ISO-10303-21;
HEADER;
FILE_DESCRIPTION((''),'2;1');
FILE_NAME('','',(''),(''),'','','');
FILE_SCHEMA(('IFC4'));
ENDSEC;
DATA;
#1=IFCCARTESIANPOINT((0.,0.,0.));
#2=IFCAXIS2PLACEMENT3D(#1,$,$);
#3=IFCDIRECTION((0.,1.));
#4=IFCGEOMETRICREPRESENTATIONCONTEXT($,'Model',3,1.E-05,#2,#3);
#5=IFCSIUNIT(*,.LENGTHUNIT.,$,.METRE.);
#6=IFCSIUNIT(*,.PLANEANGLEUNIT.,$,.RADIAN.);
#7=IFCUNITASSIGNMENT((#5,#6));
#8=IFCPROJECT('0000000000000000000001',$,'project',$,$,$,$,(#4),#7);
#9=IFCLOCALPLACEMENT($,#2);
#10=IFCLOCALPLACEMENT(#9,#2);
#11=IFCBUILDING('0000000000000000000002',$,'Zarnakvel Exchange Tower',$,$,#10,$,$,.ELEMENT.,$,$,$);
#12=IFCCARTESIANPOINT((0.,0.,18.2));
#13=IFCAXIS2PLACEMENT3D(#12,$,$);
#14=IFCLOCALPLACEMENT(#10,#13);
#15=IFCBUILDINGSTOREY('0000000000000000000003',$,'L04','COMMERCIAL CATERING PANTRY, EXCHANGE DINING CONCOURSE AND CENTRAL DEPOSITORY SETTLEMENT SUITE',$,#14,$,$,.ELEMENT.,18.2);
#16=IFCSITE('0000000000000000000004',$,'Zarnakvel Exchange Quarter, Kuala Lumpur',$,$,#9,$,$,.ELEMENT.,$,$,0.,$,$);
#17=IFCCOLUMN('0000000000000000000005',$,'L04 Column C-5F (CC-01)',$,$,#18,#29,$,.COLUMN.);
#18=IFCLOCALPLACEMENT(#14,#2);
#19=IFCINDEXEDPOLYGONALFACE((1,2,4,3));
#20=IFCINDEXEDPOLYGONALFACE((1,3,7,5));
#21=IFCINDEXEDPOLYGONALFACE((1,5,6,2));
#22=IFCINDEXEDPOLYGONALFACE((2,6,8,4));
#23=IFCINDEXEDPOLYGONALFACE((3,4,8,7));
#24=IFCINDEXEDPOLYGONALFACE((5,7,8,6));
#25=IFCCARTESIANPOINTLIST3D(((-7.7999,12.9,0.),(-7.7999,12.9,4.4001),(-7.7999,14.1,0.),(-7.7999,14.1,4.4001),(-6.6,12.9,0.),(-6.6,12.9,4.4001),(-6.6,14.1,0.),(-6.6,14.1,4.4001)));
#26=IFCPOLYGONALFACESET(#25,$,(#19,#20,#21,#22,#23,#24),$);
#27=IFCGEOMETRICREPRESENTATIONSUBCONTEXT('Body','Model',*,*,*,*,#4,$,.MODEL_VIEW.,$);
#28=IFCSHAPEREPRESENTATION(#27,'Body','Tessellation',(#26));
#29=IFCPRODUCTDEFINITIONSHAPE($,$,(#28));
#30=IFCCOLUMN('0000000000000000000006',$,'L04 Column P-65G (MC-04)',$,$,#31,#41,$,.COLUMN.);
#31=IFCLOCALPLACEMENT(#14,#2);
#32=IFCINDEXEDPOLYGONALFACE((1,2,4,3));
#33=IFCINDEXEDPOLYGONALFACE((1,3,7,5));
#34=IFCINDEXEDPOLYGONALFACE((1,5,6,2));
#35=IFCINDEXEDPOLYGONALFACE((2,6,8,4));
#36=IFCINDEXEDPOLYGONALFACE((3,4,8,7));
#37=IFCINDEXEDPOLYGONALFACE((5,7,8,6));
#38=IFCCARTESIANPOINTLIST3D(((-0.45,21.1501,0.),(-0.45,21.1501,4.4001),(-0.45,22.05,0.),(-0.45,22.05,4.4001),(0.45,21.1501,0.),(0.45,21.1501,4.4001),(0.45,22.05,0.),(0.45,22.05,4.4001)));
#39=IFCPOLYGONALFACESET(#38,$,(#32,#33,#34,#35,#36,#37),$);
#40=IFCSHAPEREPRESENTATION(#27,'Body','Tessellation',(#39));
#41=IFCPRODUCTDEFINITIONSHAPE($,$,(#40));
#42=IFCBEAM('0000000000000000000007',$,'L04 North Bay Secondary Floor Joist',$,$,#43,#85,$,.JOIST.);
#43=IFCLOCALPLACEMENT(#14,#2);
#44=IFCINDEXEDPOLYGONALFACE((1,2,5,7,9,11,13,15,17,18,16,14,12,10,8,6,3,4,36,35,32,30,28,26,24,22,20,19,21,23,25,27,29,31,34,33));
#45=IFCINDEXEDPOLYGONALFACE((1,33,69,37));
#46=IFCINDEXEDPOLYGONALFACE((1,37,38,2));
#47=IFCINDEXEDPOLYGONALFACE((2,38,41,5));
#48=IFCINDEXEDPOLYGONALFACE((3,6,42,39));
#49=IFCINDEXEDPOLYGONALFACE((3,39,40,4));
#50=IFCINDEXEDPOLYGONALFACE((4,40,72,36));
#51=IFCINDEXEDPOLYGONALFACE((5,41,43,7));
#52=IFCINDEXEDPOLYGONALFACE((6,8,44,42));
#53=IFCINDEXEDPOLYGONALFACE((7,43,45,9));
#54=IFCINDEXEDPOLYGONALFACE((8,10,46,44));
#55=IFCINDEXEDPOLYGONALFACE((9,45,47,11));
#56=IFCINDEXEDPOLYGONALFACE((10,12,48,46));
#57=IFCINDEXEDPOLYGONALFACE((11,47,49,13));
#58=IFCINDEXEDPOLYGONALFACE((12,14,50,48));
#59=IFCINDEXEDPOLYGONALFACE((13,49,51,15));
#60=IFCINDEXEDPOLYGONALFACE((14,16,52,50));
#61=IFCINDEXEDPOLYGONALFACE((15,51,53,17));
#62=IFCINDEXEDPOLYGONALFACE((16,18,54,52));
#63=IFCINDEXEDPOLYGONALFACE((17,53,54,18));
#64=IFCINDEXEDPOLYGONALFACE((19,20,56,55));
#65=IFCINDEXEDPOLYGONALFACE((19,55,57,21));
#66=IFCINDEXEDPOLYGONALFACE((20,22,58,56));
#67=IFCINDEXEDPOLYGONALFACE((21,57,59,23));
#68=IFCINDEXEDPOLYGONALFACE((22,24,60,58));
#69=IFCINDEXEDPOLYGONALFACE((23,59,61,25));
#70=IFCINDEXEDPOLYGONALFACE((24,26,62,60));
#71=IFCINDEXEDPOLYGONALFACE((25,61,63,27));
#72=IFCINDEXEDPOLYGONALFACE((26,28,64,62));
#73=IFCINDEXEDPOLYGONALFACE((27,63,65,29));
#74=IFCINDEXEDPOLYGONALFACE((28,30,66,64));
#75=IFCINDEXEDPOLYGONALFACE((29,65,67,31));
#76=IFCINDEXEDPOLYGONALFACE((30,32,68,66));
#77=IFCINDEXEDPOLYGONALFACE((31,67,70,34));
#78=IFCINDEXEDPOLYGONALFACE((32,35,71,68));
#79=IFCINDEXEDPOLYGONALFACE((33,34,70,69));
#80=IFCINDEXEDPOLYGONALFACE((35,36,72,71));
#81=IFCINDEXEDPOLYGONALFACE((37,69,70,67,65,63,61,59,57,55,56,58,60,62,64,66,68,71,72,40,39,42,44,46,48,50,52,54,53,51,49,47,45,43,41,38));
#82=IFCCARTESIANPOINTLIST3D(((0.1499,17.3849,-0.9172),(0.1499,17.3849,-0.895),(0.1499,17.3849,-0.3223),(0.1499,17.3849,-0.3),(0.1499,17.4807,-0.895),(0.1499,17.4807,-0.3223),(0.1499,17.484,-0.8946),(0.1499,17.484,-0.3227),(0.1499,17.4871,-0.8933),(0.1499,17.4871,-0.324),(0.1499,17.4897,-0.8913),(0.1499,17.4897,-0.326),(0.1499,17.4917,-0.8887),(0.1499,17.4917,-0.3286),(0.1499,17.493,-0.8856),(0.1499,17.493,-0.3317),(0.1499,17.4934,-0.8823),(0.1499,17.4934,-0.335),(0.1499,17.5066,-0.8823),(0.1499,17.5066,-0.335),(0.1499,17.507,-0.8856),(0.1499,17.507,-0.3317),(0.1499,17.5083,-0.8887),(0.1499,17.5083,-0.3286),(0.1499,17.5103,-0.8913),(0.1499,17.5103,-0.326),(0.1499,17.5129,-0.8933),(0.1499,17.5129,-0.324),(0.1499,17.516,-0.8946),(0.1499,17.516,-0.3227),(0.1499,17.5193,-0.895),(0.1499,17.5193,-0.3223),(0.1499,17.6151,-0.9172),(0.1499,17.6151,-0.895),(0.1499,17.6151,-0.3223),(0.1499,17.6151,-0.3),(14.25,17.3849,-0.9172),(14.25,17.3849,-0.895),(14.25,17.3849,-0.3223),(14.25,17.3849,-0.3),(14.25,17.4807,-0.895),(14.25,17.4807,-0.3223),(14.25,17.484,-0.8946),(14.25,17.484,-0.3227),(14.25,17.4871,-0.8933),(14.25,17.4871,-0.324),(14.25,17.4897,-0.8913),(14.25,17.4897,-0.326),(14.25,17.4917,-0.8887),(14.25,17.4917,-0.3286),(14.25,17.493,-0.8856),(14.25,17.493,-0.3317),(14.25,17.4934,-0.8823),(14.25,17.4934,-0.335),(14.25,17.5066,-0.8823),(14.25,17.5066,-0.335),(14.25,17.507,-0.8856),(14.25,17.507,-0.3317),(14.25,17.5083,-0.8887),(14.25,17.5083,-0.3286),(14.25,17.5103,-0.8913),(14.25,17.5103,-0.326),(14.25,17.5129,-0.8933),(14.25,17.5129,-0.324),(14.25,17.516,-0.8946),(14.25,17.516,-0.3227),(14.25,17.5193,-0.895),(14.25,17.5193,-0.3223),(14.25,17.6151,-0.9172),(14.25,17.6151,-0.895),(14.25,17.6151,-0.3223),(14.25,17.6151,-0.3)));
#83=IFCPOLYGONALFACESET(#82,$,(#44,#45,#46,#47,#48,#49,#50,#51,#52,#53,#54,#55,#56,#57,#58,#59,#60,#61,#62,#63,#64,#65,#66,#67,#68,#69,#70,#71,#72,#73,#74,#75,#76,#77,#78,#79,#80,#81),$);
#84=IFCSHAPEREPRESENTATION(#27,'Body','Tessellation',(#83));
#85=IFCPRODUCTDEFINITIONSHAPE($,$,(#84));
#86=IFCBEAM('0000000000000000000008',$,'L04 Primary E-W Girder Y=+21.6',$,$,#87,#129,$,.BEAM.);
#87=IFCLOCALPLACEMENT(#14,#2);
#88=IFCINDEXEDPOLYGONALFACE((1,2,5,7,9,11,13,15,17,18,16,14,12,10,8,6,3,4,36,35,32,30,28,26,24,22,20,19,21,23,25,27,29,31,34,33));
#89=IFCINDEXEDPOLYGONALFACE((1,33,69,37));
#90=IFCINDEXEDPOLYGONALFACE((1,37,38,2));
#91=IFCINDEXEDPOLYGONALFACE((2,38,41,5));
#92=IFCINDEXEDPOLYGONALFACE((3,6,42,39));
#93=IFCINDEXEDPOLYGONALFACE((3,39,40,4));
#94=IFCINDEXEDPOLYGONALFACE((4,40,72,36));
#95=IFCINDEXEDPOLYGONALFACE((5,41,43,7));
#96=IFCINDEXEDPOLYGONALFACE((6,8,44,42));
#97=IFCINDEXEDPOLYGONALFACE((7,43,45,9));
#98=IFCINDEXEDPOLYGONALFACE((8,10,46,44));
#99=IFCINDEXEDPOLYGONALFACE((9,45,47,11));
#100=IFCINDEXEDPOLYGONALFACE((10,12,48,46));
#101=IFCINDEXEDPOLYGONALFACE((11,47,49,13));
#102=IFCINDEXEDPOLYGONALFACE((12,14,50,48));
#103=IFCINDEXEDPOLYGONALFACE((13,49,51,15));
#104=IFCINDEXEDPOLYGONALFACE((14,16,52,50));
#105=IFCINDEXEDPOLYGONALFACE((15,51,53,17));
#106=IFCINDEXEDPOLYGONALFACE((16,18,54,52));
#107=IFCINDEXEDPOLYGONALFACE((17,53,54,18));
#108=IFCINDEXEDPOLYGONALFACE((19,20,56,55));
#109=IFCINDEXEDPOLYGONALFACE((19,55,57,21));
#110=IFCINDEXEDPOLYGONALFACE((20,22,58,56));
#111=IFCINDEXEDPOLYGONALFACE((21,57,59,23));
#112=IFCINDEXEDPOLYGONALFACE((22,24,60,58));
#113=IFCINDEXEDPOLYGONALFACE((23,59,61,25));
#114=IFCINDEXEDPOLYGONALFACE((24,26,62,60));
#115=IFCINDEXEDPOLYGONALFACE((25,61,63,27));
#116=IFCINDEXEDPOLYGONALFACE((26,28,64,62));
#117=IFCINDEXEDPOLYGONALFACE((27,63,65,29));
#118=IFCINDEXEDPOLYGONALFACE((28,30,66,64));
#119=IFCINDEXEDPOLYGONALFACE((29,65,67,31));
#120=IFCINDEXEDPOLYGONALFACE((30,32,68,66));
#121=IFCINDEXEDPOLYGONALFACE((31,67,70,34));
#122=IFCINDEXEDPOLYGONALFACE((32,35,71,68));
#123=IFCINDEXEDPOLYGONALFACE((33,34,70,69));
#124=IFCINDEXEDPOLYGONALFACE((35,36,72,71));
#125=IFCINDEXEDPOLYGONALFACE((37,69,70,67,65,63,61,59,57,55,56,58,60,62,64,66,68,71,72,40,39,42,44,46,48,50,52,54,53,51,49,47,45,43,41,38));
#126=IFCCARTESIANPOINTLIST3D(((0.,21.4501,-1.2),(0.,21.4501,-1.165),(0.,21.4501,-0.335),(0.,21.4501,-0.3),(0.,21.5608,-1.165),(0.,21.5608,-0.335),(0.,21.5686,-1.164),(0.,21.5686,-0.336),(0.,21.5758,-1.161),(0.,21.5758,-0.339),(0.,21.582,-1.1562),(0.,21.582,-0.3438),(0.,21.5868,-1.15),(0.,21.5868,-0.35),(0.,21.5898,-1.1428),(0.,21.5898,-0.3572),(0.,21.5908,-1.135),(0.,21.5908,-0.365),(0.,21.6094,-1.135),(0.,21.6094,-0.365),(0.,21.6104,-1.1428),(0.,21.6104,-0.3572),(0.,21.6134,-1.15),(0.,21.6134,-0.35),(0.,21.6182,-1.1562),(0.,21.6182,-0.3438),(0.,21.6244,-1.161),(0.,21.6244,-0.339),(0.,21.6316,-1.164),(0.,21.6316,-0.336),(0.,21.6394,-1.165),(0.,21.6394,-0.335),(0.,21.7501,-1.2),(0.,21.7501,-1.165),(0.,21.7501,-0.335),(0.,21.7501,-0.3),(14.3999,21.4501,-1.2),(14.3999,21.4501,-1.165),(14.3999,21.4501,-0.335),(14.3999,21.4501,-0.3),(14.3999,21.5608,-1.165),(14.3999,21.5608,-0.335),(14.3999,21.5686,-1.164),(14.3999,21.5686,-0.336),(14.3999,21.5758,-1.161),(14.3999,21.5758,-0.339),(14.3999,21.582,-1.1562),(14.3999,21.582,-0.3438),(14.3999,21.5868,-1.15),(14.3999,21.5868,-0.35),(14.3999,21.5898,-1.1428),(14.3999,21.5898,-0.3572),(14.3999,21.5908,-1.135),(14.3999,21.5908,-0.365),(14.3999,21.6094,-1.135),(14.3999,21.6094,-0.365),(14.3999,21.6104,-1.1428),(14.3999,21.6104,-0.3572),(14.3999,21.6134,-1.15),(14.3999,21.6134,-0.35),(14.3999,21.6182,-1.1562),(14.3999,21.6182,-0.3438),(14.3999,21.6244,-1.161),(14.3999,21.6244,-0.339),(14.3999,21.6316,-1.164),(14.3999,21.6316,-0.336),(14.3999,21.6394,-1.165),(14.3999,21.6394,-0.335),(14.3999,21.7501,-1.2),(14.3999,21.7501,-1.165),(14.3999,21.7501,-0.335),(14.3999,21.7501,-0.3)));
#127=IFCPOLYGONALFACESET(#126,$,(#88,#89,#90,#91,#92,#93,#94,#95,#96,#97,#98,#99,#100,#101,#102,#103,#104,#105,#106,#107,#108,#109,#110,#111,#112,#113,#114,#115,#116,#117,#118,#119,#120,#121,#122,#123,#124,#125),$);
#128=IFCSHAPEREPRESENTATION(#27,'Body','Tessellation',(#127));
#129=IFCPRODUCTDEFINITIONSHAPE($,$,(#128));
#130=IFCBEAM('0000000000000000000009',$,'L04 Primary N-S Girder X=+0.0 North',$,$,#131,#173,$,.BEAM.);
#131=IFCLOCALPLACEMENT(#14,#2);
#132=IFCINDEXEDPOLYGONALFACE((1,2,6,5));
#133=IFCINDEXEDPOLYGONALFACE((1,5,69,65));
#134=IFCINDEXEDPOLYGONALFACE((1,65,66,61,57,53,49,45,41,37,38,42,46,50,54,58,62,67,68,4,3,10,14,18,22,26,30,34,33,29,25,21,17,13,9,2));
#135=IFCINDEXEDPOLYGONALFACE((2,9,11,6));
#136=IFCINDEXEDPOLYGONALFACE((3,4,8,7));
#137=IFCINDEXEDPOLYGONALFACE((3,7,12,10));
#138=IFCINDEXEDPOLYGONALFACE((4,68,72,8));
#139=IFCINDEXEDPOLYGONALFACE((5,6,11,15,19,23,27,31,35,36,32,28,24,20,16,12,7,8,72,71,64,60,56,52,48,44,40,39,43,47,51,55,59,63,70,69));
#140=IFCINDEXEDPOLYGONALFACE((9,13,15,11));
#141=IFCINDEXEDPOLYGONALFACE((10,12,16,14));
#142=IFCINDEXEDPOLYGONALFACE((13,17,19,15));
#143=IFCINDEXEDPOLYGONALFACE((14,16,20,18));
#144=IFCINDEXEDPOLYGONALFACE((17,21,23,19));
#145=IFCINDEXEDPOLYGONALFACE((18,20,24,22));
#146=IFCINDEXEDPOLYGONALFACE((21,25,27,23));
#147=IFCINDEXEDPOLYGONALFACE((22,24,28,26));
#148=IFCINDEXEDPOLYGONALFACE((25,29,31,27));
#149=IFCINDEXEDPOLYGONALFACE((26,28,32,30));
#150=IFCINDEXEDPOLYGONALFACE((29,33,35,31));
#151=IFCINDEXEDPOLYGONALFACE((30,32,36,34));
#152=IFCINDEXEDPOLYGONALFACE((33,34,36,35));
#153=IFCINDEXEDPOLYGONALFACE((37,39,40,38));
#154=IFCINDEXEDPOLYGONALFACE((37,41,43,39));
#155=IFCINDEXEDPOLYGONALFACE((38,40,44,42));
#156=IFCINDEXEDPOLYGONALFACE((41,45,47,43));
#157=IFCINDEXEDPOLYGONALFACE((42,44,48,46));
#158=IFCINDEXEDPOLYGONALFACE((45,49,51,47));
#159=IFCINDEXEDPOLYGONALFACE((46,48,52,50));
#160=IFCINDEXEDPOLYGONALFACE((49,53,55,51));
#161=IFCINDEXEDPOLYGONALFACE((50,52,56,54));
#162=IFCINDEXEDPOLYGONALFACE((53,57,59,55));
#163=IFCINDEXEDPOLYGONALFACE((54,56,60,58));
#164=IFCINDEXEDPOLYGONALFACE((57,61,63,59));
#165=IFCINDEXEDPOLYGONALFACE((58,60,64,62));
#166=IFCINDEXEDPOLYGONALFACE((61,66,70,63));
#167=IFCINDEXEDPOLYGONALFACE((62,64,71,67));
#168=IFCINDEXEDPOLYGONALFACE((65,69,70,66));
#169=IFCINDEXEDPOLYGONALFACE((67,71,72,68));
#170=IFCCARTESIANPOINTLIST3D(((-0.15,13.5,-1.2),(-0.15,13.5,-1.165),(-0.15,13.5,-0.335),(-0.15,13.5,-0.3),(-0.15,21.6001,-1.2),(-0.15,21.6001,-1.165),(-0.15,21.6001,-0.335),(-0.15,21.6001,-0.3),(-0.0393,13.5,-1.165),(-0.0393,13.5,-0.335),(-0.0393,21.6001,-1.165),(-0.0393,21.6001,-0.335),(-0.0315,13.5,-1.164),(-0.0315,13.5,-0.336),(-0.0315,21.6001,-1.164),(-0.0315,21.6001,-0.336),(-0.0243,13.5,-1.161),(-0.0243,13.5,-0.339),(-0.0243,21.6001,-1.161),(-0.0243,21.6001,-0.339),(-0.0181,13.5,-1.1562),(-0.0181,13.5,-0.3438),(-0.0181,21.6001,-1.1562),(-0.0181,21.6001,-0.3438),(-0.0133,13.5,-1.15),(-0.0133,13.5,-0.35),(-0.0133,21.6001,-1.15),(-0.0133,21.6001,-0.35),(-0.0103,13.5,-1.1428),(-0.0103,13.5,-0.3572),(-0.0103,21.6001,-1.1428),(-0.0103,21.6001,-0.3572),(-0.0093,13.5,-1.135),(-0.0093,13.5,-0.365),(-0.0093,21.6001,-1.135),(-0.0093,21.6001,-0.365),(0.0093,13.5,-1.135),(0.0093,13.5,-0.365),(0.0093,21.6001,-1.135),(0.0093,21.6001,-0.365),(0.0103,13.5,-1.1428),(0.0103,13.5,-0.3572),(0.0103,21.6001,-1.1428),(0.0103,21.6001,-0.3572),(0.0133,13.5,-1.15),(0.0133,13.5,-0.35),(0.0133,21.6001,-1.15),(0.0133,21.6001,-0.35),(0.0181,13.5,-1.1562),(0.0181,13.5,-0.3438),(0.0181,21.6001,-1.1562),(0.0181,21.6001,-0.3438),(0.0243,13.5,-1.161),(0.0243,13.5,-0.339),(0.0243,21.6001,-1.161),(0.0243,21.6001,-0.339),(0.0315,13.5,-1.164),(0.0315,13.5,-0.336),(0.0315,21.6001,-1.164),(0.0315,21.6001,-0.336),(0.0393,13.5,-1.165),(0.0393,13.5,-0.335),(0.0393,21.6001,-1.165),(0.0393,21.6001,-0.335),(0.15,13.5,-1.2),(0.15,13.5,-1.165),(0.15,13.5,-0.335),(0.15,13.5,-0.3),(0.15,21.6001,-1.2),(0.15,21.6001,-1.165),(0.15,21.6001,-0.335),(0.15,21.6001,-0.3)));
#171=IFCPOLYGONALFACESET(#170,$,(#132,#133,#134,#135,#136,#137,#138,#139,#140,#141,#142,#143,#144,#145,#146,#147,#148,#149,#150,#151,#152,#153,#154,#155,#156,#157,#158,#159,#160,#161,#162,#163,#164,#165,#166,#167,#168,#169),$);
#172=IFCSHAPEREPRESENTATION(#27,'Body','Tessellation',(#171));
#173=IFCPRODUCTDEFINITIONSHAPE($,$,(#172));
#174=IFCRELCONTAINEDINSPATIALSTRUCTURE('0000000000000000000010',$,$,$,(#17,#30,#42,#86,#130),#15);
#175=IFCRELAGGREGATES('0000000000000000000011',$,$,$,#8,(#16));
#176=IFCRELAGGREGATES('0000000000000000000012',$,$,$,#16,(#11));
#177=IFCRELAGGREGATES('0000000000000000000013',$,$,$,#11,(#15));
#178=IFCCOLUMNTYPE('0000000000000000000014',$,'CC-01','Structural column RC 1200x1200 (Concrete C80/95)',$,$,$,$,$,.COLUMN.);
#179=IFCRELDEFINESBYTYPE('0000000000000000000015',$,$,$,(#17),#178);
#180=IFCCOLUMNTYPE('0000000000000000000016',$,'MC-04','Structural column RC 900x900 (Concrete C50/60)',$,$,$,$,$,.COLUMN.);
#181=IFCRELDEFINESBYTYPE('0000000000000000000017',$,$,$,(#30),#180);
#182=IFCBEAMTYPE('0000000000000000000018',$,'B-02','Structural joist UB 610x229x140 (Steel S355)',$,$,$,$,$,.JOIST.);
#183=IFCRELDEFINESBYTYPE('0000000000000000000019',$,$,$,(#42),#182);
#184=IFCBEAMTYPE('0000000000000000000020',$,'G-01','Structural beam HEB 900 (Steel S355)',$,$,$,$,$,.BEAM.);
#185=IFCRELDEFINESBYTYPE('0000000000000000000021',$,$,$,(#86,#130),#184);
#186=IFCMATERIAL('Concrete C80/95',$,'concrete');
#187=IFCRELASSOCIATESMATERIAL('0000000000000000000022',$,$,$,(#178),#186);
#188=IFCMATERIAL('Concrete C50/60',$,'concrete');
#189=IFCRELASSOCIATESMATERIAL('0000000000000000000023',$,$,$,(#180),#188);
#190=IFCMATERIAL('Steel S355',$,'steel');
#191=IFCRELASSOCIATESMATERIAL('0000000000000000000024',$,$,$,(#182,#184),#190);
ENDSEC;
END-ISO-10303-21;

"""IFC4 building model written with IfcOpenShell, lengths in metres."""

from ifc_helpers import new_model, si_unit, direction, frame, origin, origin_2d, place, context, subcontext, project, spatial, rectangle, i_section, extrude, material, material_profile, profile_set, type_object, element, save


model = new_model("IFC4")

# Units and contexts
model_context = context("Model", 3, precision=1e-05, world=origin(), true_north=direction((0.0, 1.0)))
body_context = subcontext(model_context, "Body", "Model", "MODEL_VIEW")
ifc_project = project(units=[si_unit("LENGTHUNIT", "METRE"), si_unit("PLANEANGLEUNIT", "RADIAN")], contexts=[model_context])

# Site, building, storey
site_placement = place(None, origin())
site = spatial("IfcSite", under=ifc_project, at=site_placement, Name="Zarnakvel Exchange Quarter, Kuala Lumpur", CompositionType="ELEMENT", RefElevation=0.0)
building_placement = place(site_placement, origin())
building = spatial("IfcBuilding", under=site, at=building_placement, Name="Zarnakvel Exchange Tower", CompositionType="ELEMENT")
storey_placement = place(building_placement, frame((0.0, 0.0, 18.2)))
storey = spatial("IfcBuildingStorey", under=building, at=storey_placement, Name="L04", Description="COMMERCIAL CATERING PANTRY, EXCHANGE DINING CONCOURSE AND CENTRAL DEPOSITORY SETTLEMENT SUITE", CompositionType="ELEMENT", Elevation=18.2)

# Columns
ifc_material_1 = material(Name="Concrete C80/95", Category="concrete")
ifc_material_profile_1 = material_profile(ifc_material_1, rectangle(XDim=1.2, YDim=1.2, at=origin_2d()))
ifc_profile_set_1 = profile_set([ifc_material_profile_1], Name="Concrete C80/95")
column_type_1 = type_object("IfcColumnType", Name="CC-01", Description="Structural column RC 1200x1200 (Concrete C80/95)", PredefinedType="COLUMN", material=ifc_profile_set_1)
column_1_placement = place(storey_placement, frame((-7.2, 13.5, 0.0), z_axis=(0.0, 0.0, 1.0), x_axis=(1.0, 0.0, 0.0)))
element("IfcColumn", 1, at=column_1_placement, inside=storey, type_object=column_type_1, Name="L04 Column C-5F (CC-01)", PredefinedType="COLUMN", context=body_context, shape_type="SweptSolid", body=[
    extrude(rectangle(XDim=1.2, YDim=1.2, at=origin_2d()), origin(), (0.0, 0.0, 1.0), 4.4001),
])
ifc_material_2 = material(Name="Concrete C50/60", Category="concrete")
ifc_material_profile_2 = material_profile(ifc_material_2, rectangle(XDim=0.8999, YDim=0.8999, at=origin_2d()))
ifc_profile_set_2 = profile_set([ifc_material_profile_2], Name="Concrete C50/60")
column_type_2 = type_object("IfcColumnType", Name="MC-04", Description="Structural column RC 900x900 (Concrete C50/60)", PredefinedType="COLUMN", material=ifc_profile_set_2)
column_2_placement = place(storey_placement, frame((0.0, 21.6001, 0.0), z_axis=(0.0, 0.0, 1.0), x_axis=(1.0, 0.0, 0.0)))
element("IfcColumn", 2, at=column_2_placement, inside=storey, type_object=column_type_2, Name="L04 Column P-65G (MC-04)", PredefinedType="COLUMN", context=body_context, shape_type="SweptSolid", body=[
    extrude(rectangle(XDim=0.8999, YDim=0.8999, at=origin_2d()), origin(), (0.0, 0.0, 1.0), 4.4001),
])

# Beams
ifc_material_3 = material(Name="Steel S355", Category="steel")
ifc_material_profile_3 = material_profile(ifc_material_3, i_section(OverallWidth=0.2302, OverallDepth=0.6172, WebThickness=0.0132, FlangeThickness=0.0222, FilletRadius=0.0127, at=origin_2d()))
ifc_profile_set_3 = profile_set([ifc_material_profile_3], Name="Steel S355")
beam_type_1 = type_object("IfcBeamType", Name="B-02", Description="Structural joist UB 610x229x140 (Steel S355)", PredefinedType="JOIST", material=ifc_profile_set_3)
beam_1_placement = place(storey_placement, frame((0.1499, 17.5, -0.6086), z_axis=(1.0, 0.0, 0.0), x_axis=(0.0, 1.0, 0.0)))
element("IfcBeam", 3, at=beam_1_placement, inside=storey, type_object=beam_type_1, Name="L04 North Bay Secondary Floor Joist", PredefinedType="JOIST", context=body_context, shape_type="SweptSolid", body=[
    extrude(i_section(OverallWidth=0.2302, OverallDepth=0.6172, WebThickness=0.0132, FlangeThickness=0.0222, FilletRadius=0.0127, at=origin_2d()), origin(), (0.0, 0.0, 1.0), 14.1001),
])
ifc_material_profile_4 = material_profile(ifc_material_3, i_section(OverallWidth=0.3, OverallDepth=0.8999, WebThickness=0.0186, FlangeThickness=0.0349, FilletRadius=0.03, at=origin_2d()))
ifc_profile_set_4 = profile_set([ifc_material_profile_4], Name="Steel S355")
beam_type_2 = type_object("IfcBeamType", Name="G-01", Description="Structural beam HEB 900 (Steel S355)", PredefinedType="BEAM", material=ifc_profile_set_4)
beam_2_placement = place(storey_placement, frame((0.0, 21.6001, -0.75), z_axis=(1.0, 0.0, 0.0), x_axis=(0.0, 1.0, 0.0)))
element("IfcBeam", 4, at=beam_2_placement, inside=storey, type_object=beam_type_2, Name="L04 Primary E-W Girder Y=+21.6", PredefinedType="BEAM", context=body_context, shape_type="SweptSolid", body=[
    extrude(i_section(OverallWidth=0.3, OverallDepth=0.8999, WebThickness=0.0186, FlangeThickness=0.0349, FilletRadius=0.03, at=origin_2d()), origin(), (0.0, 0.0, 1.0), 14.3999),
])
beam_3_placement = place(storey_placement, frame((0.0, 13.5, -0.75), z_axis=(0.0, 1.0, 0.0), x_axis=(-1.0, 0.0, 0.0)))
element("IfcBeam", 5, at=beam_3_placement, inside=storey, type_object=beam_type_2, Name="L04 Primary N-S Girder X=+0.0 North", PredefinedType="BEAM", context=body_context, shape_type="SweptSolid", body=[
    extrude(i_section(OverallWidth=0.3, OverallDepth=0.8999, WebThickness=0.0186, FlangeThickness=0.0349, FilletRadius=0.03, at=origin_2d()), origin(), (0.0, 0.0, 1.0), 8.1001),
])

save(model, "model.ifc")
